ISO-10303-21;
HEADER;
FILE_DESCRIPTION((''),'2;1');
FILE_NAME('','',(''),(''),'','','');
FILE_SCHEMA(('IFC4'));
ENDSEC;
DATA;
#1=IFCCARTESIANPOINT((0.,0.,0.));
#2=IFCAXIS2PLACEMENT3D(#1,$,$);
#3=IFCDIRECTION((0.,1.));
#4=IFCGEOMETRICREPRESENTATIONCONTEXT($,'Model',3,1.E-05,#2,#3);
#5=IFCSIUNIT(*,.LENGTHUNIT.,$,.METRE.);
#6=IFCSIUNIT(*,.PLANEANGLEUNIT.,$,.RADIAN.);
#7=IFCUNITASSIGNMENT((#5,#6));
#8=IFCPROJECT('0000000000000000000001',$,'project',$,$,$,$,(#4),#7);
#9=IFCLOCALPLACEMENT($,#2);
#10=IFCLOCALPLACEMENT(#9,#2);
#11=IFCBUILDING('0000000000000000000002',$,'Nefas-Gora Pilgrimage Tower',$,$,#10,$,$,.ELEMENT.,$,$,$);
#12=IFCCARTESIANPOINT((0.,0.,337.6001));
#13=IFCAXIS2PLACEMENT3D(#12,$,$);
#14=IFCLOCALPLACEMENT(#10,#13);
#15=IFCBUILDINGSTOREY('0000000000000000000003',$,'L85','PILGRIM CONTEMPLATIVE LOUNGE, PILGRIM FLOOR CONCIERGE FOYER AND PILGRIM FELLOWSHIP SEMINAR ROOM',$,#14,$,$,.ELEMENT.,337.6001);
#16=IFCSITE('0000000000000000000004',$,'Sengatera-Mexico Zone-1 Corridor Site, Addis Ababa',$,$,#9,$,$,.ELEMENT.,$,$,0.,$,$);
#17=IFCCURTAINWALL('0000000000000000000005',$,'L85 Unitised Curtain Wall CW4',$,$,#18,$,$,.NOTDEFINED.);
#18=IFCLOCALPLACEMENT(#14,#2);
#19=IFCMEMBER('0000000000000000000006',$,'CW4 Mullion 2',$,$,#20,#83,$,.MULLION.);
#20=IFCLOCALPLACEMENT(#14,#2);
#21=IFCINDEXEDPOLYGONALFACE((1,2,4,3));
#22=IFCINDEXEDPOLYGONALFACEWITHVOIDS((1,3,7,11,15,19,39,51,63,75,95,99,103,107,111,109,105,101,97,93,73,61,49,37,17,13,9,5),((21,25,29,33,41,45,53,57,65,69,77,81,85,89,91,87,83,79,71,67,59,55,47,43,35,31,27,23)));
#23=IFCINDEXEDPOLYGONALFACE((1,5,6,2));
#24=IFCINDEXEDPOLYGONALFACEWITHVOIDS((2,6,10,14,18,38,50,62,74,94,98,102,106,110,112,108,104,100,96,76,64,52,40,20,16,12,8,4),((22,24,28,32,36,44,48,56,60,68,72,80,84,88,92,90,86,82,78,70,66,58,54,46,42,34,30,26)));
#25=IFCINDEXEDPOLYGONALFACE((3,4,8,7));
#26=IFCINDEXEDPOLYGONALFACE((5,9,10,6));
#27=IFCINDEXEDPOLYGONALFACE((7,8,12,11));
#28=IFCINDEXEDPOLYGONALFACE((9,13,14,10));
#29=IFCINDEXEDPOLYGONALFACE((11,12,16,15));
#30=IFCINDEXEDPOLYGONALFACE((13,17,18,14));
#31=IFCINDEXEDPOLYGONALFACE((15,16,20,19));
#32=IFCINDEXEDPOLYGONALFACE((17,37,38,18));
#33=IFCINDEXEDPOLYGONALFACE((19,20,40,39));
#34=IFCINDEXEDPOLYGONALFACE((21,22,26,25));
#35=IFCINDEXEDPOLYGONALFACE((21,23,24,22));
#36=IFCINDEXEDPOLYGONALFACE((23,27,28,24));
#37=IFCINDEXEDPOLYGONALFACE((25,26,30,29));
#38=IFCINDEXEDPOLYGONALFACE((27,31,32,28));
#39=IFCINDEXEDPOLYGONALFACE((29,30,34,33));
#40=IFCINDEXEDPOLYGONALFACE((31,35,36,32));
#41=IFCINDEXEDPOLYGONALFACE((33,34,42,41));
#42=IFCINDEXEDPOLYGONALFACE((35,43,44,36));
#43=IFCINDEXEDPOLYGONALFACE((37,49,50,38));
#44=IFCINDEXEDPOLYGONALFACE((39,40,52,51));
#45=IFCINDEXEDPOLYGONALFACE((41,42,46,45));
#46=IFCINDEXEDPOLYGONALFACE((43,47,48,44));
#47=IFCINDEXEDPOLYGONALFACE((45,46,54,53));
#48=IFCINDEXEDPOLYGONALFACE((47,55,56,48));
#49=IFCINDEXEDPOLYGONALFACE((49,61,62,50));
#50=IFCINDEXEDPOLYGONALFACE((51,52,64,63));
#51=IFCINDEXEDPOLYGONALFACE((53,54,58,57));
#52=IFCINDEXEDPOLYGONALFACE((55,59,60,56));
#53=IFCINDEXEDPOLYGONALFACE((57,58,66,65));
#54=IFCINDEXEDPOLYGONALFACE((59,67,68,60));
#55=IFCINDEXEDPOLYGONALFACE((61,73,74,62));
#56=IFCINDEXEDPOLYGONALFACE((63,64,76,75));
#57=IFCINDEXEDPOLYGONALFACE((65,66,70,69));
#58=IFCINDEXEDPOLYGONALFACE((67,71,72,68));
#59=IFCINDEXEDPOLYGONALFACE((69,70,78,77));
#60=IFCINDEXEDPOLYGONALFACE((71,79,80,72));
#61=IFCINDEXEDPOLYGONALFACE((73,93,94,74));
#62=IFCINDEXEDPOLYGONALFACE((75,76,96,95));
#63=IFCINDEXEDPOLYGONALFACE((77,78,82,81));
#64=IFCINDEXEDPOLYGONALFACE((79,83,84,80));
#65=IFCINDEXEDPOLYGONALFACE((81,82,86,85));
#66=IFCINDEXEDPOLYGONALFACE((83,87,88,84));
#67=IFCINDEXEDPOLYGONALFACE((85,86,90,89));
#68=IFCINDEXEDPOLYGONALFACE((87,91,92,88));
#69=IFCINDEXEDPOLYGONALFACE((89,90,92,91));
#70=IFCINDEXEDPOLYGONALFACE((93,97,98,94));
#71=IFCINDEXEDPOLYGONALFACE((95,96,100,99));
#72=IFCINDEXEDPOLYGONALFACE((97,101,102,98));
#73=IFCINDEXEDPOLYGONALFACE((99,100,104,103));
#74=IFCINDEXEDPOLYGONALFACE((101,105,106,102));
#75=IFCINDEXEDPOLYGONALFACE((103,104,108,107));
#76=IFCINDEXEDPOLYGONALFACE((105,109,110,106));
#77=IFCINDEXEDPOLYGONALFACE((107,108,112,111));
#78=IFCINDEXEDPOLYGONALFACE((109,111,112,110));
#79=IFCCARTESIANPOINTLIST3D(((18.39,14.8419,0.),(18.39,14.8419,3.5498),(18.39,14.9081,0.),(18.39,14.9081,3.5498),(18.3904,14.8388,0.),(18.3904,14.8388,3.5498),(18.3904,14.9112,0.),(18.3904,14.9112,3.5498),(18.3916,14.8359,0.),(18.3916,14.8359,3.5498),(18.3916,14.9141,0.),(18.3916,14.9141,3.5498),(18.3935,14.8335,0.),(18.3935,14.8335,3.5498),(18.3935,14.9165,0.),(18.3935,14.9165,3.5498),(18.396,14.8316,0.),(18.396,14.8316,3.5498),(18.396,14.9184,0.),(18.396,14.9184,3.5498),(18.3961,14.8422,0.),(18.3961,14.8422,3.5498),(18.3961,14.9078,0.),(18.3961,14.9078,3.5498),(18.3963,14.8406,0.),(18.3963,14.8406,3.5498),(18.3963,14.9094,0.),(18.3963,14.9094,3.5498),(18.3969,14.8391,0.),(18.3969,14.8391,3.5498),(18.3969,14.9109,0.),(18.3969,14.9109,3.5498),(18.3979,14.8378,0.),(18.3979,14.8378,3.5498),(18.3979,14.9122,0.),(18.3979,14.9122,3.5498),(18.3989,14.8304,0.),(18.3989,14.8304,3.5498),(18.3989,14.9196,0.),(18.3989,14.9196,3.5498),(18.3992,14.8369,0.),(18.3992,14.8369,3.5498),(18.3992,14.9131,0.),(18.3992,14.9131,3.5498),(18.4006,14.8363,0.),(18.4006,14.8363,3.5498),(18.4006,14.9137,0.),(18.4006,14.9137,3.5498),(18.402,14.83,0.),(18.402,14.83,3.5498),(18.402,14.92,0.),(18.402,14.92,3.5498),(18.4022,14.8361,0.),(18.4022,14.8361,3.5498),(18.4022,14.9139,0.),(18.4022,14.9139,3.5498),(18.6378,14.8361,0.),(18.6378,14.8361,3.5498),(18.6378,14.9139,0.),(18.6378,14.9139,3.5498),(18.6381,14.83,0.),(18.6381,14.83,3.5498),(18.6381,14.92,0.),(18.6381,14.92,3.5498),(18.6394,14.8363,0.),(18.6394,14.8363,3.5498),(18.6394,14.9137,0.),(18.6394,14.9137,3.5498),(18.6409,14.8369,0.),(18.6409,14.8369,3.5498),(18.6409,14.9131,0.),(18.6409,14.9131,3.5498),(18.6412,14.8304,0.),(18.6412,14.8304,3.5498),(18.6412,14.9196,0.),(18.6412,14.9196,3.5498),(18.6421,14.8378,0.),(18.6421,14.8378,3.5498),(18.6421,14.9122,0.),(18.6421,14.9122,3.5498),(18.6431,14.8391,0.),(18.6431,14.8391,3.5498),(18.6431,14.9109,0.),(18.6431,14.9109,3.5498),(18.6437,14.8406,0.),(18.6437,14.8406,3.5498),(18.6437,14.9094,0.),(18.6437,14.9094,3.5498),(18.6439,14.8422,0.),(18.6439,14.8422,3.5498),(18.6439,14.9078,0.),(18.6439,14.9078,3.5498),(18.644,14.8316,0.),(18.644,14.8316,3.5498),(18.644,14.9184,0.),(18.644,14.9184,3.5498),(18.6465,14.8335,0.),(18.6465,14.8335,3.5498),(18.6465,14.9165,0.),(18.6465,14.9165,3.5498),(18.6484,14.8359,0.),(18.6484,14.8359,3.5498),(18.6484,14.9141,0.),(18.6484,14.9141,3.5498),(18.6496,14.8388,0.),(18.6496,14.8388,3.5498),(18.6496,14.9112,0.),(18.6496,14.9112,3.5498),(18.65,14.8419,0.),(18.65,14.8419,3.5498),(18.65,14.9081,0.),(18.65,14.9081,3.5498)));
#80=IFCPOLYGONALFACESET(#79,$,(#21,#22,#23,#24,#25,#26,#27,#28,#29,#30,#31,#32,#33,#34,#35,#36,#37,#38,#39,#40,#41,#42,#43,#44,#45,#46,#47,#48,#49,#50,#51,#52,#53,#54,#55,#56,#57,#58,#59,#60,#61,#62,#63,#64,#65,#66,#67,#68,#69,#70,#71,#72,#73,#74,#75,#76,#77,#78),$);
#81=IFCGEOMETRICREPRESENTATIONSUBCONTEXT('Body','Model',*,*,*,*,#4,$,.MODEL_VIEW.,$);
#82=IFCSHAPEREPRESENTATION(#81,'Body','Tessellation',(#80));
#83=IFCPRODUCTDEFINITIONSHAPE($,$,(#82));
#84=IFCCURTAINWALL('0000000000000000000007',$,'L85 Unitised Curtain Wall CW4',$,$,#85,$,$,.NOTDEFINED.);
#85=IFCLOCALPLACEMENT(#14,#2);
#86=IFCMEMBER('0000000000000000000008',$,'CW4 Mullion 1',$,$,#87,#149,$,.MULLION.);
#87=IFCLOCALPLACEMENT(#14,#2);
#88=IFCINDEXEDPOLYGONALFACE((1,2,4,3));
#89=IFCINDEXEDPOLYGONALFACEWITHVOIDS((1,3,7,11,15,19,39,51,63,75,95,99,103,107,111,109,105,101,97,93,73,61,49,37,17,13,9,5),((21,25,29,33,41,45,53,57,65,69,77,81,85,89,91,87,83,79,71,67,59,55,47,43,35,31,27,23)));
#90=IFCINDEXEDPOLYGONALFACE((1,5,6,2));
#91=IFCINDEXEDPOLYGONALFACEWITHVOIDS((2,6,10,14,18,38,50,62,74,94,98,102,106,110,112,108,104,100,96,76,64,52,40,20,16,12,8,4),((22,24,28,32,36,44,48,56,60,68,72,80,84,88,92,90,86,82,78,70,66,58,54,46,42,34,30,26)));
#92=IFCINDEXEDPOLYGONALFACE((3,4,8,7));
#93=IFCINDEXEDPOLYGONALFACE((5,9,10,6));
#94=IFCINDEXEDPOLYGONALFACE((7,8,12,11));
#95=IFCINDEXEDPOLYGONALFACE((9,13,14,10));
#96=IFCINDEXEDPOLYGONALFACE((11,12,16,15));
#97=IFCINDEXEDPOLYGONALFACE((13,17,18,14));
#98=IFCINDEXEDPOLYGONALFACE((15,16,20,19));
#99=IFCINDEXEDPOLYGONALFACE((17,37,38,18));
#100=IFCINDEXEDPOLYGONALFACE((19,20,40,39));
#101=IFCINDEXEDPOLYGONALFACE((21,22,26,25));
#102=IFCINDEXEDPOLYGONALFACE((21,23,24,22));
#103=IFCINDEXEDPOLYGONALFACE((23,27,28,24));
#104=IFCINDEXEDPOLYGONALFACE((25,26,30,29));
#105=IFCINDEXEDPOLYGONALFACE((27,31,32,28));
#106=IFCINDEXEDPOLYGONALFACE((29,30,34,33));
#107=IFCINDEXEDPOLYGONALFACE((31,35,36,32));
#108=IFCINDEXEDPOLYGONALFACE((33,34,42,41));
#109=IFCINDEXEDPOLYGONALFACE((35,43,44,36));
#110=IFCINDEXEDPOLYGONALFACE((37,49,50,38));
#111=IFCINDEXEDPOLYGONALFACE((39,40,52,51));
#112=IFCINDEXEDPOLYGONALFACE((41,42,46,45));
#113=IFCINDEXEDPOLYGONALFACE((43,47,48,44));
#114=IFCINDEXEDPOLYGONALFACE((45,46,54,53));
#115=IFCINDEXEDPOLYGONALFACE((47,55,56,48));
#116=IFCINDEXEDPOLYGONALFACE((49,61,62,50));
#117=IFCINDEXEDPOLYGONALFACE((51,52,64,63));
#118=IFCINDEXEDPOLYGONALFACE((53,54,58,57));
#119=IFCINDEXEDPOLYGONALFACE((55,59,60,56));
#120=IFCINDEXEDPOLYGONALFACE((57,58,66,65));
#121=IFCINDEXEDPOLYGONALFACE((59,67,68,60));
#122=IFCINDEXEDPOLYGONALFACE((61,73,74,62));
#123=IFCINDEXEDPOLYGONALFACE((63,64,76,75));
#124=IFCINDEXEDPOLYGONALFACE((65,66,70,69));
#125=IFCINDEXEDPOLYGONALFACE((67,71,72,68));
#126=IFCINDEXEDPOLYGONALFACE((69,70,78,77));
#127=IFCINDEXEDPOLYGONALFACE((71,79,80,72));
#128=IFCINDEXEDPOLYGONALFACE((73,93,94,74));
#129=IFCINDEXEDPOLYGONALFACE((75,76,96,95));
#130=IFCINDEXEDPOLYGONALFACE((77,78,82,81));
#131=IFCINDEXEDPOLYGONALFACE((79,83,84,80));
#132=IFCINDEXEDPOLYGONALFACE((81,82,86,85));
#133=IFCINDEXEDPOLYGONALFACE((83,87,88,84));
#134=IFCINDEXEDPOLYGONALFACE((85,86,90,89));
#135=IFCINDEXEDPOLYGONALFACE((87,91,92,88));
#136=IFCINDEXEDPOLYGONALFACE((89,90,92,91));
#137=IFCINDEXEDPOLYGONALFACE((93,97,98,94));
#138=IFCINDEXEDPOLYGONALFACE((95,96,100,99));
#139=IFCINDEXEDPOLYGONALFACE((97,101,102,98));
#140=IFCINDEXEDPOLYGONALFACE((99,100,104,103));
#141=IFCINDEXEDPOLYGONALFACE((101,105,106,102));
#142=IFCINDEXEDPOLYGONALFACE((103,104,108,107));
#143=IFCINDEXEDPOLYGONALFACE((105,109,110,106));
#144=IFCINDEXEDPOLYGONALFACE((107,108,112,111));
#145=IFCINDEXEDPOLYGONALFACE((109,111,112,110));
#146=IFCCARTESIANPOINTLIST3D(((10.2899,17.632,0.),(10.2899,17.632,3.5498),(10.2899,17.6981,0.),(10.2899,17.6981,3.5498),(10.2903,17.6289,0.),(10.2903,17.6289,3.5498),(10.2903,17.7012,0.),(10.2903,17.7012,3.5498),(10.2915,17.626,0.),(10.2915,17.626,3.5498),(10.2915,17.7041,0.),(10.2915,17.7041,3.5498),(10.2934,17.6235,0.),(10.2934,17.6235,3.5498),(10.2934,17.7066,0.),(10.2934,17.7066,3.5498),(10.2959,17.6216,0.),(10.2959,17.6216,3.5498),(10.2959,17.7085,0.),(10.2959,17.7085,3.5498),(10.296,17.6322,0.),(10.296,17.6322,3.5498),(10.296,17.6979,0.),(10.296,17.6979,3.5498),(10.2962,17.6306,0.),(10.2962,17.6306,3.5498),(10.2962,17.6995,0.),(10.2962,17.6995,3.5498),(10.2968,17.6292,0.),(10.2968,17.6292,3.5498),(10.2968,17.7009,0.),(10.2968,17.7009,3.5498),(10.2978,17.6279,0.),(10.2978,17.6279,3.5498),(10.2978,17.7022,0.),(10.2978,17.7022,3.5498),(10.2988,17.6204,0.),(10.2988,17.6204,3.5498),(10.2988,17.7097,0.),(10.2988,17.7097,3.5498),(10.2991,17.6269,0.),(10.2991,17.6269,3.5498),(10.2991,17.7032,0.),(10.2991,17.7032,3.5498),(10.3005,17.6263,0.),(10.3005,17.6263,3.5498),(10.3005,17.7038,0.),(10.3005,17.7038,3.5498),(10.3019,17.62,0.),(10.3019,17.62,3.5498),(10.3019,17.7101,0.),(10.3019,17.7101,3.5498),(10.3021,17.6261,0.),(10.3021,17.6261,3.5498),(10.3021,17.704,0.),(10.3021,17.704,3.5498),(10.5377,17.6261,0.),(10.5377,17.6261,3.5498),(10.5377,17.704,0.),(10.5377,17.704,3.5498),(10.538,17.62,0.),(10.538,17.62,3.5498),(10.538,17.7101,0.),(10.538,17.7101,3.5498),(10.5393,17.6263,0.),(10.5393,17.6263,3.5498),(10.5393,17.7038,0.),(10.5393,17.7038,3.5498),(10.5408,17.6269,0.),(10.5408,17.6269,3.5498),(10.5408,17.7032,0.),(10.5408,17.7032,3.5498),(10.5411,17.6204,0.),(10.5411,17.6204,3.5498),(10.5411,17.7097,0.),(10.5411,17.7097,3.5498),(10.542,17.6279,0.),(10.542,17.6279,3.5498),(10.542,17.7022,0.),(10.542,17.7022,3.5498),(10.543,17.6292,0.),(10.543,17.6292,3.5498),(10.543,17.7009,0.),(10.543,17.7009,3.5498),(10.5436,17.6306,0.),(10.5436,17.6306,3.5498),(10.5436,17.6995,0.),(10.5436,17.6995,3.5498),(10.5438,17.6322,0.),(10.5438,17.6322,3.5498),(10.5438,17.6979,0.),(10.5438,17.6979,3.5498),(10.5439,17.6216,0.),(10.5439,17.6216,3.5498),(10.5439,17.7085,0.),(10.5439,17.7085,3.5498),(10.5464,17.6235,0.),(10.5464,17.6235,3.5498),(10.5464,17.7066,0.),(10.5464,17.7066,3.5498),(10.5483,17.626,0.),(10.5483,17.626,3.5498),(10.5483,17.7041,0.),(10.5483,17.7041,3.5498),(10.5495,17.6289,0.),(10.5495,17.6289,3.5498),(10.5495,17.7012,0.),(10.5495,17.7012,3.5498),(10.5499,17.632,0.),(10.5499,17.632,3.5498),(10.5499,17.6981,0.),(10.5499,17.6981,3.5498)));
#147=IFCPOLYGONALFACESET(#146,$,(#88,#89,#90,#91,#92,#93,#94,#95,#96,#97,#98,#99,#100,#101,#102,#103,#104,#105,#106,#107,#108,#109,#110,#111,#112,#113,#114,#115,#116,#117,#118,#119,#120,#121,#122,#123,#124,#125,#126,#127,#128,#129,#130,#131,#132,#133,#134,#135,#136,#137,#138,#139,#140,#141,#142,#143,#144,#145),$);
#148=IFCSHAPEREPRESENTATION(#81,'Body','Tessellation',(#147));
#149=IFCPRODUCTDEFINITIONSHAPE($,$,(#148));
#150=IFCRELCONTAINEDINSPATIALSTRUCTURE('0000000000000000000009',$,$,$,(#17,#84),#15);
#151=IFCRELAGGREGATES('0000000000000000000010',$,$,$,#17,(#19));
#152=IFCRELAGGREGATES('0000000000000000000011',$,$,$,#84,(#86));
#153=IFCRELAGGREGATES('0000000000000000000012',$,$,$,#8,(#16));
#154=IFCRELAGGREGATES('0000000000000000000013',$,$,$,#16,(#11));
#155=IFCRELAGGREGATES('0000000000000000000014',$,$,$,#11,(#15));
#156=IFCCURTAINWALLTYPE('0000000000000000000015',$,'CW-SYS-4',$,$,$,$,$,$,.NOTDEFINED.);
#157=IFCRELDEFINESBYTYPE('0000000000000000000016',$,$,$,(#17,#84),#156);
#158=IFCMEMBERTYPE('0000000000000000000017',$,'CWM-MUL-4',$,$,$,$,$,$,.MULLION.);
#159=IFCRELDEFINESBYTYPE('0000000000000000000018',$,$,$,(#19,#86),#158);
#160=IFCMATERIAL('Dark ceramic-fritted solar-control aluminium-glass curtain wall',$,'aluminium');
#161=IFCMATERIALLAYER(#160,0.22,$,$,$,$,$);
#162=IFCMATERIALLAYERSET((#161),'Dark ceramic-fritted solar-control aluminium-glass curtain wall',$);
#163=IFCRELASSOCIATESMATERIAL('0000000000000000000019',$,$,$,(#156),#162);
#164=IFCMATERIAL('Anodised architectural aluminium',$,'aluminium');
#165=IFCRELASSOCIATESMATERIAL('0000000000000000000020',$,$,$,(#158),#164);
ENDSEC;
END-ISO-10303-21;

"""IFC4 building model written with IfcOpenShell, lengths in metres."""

from ifc_helpers import new_model, si_unit, direction, frame, origin, origin_2d, place, context, subcontext, project, spatial, hollow_rectangle, extrude, source, transform, mapped, material, layer, layer_set, material_profile, profile_set, type_object, element, aggregate, save


model = new_model("IFC4")

# Units and contexts
model_context = context("Model", 3, precision=1e-05, world=origin(), true_north=direction((0.0, 1.0)))
body_context = subcontext(model_context, "Body", "Model", "MODEL_VIEW")
ifc_project = project(units=[si_unit("LENGTHUNIT", "METRE"), si_unit("PLANEANGLEUNIT", "RADIAN")], contexts=[model_context])

# Site, building, storey
site_placement = place(None, origin())
site = spatial("IfcSite", under=ifc_project, at=site_placement, Name="Sengatera-Mexico Zone-1 Corridor Site, Addis Ababa", CompositionType="ELEMENT", RefElevation=0.0)
building_placement = place(site_placement, origin())
building = spatial("IfcBuilding", under=site, at=building_placement, Name="Nefas-Gora Pilgrimage Tower", CompositionType="ELEMENT")
storey_placement = place(building_placement, frame((0.0, 0.0, 337.6001)))
storey = spatial("IfcBuildingStorey", under=building, at=storey_placement, Name="L85", Description="PILGRIM CONTEMPLATIVE LOUNGE, PILGRIM FLOOR CONCIERGE FOYER AND PILGRIM FELLOWSHIP SEMINAR ROOM", CompositionType="ELEMENT", Elevation=337.6001)

# Curtain wall, member
ifc_material_1 = material(Name="Dark ceramic-fritted solar-control aluminium-glass curtain wall", Category="aluminium")
ifc_layer_1 = layer(ifc_material_1, 0.22)
ifc_layer_set_1 = layer_set([ifc_layer_1], Name="Dark ceramic-fritted solar-control aluminium-glass curtain wall")
curtain_wall_type = type_object("IfcCurtainWallType", Name="CW-SYS-4", PredefinedType="NOTDEFINED", material=ifc_layer_set_1)
curtain_wall_1_placement = place(storey_placement, origin())
curtain_wall_1 = element("IfcCurtainWall", 1, at=curtain_wall_1_placement, inside=storey, type_object=curtain_wall_type, Name="L85 Unitised Curtain Wall CW4", PredefinedType="NOTDEFINED")
ifc_material_2 = material(Name="Anodised architectural aluminium", Category="aluminium")
ifc_material_profile_1 = material_profile(ifc_material_2, hollow_rectangle(XDim=0.0901, YDim=0.26, WallThickness=0.0061, InnerFilletRadius=0.0061, OuterFilletRadius=0.012, at=origin_2d()), Name="ALU MULLION 90x260")
ifc_profile_set_1 = profile_set([ifc_material_profile_1], Name="Anodised architectural aluminium")
member_type_1 = type_object("IfcMemberType", Name="CWM-MUL-4", PredefinedType="MULLION", material=ifc_profile_set_1)
shared_shape_1 = source(origin(), body_context, "Body", "SweptSolid", [
    extrude(hollow_rectangle(XDim=0.0901, YDim=0.26, WallThickness=0.0061, InnerFilletRadius=0.0061, OuterFilletRadius=0.012, at=origin_2d()), origin(), (0.0, 0.0, 1.0), 3.5498),
])
member_1_placement = place(storey_placement, frame((18.52, 14.875, 0.0), z_axis=(0.0, 0.0, 1.0), x_axis=(0.0, 1.0, 0.0)))
member_1 = element("IfcMember", 2, at=member_1_placement, type_object=member_type_1, Name="CW4 Mullion 2", PredefinedType="MULLION", context=body_context, shape_type="MappedRepresentation", body=[
    mapped(shared_shape_1, transform((0.0, 0.0, 0.0), x_axis=(1.0, 0.0, 0.0), y_axis=(0.0, 1.0, 0.0), z_axis=(0.0, 0.0, 1.0), scale=1.0)),
])
aggregate(curtain_wall_1, [member_1])

# Curtain wall, member
curtain_wall_2_placement = place(storey_placement, origin())
curtain_wall_2 = element("IfcCurtainWall", 3, at=curtain_wall_2_placement, inside=storey, type_object=curtain_wall_type, Name="L85 Unitised Curtain Wall CW4", PredefinedType="NOTDEFINED")
member_2_placement = place(storey_placement, frame((10.4199, 17.665, 0.0), z_axis=(0.0, 0.0, 1.0), x_axis=(0.0, 1.0, 0.0)))
member_2 = element("IfcMember", 4, at=member_2_placement, type_object=member_type_1, Name="CW4 Mullion 1", PredefinedType="MULLION", context=body_context, shape_type="MappedRepresentation", body=[
    mapped(shared_shape_1, transform((0.0, 0.0, 0.0), x_axis=(1.0, 0.0, 0.0), y_axis=(0.0, 1.0, 0.0), z_axis=(0.0, 0.0, 1.0), scale=1.0)),
])

aggregate(curtain_wall_2, [member_2])

save(model, "model.ifc")
